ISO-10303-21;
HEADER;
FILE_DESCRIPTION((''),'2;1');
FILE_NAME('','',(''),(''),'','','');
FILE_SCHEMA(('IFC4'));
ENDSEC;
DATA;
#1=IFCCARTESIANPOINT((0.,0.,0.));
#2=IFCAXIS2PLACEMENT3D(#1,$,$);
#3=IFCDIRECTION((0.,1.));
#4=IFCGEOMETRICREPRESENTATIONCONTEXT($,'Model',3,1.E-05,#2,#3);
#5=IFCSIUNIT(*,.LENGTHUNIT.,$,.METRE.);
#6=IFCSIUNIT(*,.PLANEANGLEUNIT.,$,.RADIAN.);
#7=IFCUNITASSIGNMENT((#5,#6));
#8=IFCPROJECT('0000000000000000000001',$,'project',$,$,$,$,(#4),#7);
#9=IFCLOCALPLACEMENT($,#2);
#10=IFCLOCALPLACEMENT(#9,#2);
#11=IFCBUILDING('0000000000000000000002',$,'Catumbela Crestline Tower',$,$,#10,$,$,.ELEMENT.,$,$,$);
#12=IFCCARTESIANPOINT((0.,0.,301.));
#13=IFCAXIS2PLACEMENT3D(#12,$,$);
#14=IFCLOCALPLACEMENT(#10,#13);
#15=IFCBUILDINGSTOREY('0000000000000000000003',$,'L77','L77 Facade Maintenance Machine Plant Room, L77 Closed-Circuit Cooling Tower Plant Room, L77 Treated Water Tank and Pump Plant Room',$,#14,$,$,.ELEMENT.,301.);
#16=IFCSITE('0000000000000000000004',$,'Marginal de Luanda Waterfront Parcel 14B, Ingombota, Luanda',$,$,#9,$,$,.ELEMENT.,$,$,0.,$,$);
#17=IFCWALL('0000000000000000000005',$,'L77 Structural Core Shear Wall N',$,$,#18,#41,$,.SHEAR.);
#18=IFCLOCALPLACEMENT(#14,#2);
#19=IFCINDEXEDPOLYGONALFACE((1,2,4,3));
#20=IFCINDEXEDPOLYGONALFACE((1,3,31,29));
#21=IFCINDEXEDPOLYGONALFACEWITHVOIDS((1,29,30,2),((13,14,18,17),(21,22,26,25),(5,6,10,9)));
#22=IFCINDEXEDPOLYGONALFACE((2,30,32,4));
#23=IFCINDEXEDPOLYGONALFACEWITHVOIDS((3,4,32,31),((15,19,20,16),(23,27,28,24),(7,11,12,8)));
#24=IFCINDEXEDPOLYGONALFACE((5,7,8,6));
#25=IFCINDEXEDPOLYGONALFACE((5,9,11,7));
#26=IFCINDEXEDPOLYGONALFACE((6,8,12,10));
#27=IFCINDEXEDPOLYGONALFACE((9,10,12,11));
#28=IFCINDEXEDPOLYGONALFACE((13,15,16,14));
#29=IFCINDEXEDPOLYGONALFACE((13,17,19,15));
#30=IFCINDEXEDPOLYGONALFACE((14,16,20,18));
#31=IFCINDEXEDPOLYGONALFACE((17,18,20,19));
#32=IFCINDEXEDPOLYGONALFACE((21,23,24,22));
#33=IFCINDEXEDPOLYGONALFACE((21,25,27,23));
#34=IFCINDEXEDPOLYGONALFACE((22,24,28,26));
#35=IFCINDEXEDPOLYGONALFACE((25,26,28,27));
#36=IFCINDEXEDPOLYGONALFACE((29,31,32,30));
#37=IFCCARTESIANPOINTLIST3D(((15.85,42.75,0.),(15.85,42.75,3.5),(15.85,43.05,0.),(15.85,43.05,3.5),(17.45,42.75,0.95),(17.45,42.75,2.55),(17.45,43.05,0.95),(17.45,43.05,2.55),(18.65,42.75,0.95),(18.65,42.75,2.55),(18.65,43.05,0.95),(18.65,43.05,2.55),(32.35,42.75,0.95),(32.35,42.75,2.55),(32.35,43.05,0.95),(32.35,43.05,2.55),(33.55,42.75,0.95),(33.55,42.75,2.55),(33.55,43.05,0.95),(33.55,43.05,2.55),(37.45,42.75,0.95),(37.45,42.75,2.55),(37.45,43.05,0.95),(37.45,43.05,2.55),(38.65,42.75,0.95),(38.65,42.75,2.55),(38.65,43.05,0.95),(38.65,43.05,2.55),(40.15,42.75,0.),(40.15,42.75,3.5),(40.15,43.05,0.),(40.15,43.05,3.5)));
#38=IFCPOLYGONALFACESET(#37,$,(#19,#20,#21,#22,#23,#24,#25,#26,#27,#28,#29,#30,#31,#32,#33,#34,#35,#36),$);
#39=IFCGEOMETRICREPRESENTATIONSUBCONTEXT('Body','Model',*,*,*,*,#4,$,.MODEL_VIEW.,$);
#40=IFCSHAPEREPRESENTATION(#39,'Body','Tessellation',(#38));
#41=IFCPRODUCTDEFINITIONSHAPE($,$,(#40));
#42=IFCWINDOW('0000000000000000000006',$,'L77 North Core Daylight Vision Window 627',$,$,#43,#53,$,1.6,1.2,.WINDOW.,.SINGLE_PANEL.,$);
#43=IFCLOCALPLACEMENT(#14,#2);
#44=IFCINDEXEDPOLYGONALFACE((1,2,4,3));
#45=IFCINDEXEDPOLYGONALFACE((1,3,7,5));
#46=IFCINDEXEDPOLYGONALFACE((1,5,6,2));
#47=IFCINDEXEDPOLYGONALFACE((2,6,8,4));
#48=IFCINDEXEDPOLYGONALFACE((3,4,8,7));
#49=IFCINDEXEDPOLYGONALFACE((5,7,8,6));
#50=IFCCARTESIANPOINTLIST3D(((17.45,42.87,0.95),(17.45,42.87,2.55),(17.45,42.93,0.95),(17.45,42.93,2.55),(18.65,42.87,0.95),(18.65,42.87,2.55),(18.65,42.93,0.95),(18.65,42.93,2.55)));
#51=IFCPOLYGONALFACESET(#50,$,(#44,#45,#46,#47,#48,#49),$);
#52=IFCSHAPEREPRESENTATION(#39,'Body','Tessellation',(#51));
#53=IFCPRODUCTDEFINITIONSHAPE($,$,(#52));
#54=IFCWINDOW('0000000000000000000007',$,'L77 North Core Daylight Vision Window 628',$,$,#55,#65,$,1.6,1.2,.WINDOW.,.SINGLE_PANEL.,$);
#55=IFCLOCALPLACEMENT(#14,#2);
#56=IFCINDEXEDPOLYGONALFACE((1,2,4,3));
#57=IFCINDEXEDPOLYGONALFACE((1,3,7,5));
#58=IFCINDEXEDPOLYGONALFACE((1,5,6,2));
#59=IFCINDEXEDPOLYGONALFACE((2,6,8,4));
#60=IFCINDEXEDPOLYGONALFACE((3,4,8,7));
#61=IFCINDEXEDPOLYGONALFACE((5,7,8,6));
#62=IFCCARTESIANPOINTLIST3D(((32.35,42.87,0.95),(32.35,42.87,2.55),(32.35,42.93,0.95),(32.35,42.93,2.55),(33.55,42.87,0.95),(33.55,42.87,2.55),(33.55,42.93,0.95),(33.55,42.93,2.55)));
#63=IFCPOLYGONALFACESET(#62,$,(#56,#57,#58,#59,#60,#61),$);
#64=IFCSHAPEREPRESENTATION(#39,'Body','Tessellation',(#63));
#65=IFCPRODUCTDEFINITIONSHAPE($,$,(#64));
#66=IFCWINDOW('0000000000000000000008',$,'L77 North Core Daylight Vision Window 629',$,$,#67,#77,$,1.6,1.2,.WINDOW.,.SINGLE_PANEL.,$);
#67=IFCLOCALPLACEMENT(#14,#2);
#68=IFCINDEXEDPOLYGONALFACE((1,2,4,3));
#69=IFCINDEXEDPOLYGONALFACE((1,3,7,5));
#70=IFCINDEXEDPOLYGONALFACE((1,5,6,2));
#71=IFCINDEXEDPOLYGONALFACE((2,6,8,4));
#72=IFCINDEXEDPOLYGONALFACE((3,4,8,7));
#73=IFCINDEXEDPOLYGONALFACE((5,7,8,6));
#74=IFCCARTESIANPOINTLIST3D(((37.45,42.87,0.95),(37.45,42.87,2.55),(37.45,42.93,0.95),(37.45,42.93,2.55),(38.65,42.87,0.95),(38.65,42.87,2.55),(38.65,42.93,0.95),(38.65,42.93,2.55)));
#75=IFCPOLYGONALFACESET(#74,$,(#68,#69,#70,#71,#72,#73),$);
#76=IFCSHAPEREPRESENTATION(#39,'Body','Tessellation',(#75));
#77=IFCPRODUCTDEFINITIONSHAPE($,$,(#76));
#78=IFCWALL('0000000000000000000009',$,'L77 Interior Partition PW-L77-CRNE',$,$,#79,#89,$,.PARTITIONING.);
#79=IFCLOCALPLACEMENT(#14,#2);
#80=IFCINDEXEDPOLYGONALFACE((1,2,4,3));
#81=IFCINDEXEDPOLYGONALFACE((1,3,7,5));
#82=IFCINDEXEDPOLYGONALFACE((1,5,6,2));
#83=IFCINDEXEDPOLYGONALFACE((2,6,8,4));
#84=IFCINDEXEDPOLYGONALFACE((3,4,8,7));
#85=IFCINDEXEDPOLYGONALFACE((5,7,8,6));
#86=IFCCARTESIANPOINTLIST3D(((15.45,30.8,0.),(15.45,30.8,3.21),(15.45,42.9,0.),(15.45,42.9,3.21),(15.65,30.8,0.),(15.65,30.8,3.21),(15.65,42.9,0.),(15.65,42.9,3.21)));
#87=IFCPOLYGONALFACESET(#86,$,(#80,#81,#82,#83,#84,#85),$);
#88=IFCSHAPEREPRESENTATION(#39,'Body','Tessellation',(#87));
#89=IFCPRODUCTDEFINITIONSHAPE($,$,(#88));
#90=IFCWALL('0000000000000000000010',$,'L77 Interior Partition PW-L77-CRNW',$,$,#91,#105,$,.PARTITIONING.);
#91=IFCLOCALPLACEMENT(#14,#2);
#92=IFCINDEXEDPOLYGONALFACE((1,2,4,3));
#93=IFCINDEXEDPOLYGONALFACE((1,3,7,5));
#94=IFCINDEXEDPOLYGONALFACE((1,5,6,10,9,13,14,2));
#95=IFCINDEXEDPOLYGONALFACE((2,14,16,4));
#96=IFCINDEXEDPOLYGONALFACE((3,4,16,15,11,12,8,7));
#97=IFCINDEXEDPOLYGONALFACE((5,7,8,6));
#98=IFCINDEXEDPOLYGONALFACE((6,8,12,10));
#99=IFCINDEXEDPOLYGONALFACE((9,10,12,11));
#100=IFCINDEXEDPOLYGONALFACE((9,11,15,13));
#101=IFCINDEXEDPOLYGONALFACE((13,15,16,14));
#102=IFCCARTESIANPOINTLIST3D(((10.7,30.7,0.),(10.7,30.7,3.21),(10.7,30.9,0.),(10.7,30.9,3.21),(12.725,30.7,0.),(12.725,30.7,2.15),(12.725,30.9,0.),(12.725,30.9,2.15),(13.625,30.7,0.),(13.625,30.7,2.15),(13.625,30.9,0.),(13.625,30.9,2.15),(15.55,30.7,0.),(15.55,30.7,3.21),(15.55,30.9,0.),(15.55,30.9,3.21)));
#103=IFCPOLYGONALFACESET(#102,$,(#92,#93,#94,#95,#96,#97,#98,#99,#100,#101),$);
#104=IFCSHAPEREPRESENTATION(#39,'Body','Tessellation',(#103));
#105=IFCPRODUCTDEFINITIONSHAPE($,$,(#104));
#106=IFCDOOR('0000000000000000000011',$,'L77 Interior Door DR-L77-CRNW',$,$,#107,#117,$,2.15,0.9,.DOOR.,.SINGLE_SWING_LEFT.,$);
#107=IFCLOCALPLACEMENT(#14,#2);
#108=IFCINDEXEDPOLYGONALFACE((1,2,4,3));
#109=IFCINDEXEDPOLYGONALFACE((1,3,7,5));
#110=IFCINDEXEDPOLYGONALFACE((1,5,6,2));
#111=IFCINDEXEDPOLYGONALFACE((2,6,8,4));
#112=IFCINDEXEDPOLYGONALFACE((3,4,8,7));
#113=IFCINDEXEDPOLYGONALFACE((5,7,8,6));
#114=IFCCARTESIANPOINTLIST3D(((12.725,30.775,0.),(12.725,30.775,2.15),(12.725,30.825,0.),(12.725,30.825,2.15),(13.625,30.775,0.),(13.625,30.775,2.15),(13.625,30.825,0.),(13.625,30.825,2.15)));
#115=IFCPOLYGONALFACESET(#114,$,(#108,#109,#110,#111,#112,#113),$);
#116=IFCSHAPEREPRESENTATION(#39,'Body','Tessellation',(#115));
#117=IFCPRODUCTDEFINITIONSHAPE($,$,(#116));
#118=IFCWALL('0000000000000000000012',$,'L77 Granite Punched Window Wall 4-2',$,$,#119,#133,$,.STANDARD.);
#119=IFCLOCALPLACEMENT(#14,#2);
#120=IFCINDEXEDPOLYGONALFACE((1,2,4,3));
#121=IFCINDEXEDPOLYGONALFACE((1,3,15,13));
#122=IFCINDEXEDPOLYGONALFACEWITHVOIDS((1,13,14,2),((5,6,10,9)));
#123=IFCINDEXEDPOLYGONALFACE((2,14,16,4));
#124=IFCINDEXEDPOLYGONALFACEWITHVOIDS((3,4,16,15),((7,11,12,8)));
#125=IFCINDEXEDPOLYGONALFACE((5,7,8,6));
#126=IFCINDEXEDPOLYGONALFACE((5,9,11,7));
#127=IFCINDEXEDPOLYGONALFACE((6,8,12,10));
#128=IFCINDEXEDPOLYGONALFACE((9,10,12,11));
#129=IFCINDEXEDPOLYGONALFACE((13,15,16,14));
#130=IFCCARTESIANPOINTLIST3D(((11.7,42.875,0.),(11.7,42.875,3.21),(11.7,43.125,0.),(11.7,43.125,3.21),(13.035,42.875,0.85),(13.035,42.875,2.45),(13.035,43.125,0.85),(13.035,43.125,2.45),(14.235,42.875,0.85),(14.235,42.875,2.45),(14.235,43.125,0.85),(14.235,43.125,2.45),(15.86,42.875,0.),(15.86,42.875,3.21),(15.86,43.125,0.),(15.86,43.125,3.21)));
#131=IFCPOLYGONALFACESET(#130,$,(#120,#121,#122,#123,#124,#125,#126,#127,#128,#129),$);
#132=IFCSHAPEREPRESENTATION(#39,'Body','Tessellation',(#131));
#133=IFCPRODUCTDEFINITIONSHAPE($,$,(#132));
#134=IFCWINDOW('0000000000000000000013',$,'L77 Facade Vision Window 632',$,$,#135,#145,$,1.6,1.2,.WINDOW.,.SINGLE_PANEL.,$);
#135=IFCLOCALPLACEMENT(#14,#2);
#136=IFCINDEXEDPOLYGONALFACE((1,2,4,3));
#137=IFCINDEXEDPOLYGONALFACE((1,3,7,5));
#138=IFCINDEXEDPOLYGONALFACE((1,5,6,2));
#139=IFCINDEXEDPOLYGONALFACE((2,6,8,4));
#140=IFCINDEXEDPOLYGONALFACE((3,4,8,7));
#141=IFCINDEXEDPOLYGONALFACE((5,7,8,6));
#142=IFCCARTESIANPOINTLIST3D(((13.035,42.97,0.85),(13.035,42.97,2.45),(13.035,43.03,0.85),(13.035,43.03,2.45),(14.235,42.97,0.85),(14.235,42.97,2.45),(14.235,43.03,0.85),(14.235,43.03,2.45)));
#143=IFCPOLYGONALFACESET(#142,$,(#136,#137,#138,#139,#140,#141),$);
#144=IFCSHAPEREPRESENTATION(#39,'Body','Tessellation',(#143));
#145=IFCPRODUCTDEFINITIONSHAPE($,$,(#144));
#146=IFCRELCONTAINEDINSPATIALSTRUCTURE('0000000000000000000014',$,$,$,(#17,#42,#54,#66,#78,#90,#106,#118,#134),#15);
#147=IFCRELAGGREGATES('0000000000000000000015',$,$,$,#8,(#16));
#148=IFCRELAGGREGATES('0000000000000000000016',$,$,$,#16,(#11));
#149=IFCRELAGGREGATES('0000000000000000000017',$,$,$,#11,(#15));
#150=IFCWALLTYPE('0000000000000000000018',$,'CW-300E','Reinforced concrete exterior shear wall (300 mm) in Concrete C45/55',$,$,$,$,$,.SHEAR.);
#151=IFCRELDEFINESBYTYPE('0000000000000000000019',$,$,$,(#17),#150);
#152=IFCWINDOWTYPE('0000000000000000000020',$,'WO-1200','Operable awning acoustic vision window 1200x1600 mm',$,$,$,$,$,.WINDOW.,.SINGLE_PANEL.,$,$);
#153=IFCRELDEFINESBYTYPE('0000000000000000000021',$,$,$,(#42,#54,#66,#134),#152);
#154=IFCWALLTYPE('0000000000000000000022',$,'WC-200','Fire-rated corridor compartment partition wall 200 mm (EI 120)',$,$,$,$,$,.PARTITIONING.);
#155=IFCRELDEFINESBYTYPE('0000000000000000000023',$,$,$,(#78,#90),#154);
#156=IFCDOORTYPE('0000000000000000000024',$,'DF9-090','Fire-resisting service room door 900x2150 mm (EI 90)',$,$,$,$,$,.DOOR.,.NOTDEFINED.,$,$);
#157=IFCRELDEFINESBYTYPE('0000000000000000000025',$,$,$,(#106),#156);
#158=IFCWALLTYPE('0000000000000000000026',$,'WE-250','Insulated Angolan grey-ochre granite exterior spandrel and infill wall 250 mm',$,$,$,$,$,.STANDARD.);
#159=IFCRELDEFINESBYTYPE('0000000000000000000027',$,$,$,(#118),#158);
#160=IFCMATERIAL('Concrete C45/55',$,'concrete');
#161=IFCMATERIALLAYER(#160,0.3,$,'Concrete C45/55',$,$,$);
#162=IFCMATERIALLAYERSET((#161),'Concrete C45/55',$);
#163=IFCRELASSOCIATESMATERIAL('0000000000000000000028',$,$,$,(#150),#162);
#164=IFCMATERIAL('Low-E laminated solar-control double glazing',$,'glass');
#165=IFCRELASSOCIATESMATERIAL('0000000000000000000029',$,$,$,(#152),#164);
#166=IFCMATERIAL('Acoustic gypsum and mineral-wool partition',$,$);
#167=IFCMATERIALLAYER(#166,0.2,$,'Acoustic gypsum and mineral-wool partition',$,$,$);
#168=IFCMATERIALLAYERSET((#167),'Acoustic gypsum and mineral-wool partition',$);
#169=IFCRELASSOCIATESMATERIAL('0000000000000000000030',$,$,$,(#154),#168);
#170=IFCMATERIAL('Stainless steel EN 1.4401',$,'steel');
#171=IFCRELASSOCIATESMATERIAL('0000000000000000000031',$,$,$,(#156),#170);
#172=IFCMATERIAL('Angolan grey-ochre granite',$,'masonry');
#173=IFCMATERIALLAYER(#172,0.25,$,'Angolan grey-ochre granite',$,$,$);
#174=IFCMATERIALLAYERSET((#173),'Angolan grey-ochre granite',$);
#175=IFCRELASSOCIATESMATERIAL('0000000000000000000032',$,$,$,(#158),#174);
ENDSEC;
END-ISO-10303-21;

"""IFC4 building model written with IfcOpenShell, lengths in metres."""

from ifc_helpers import new_model, si_unit, direction, frame, frame_2d, origin, place, context, subcontext, project, spatial, rectangle, extrude, material, layer, layer_set, type_object, element, fill, save


model = new_model("IFC4")

# Units and contexts
model_context = context("Model", 3, precision=1e-05, world=origin(), true_north=direction((0.0, 1.0)))
body_context = subcontext(model_context, "Body", "Model", "MODEL_VIEW")
ifc_project = project(units=[si_unit("LENGTHUNIT", "METRE"), si_unit("PLANEANGLEUNIT", "RADIAN")], contexts=[model_context])

# Site, building, storey
site_placement = place(None, origin())
site = spatial("IfcSite", under=ifc_project, at=site_placement, Name="Marginal de Luanda Waterfront Parcel 14B, Ingombota, Luanda", CompositionType="ELEMENT", RefElevation=0.0)
building_placement = place(site_placement, origin())
building = spatial("IfcBuilding", under=site, at=building_placement, Name="Catumbela Crestline Tower", CompositionType="ELEMENT")
storey_placement = place(building_placement, frame((0.0, 0.0, 301.0)))
storey = spatial("IfcBuildingStorey", under=building, at=storey_placement, Name="L77", Description="L77 Facade Maintenance Machine Plant Room, L77 Closed-Circuit Cooling Tower Plant Room, L77 Treated Water Tank and Pump Plant Room", CompositionType="ELEMENT", Elevation=301.0)

# Shared definitions
ifc_material_1 = material(Name="Stainless steel EN 1.4401", Category="steel")

# Wall, openings, windows
ifc_material_2 = material(Name="Concrete C45/55", Category="concrete")
ifc_layer_1 = layer(ifc_material_2, 0.3, Name="Concrete C45/55")
ifc_layer_set_1 = layer_set([ifc_layer_1], Name="Concrete C45/55")
wall_type_1 = type_object("IfcWallType", Name="CW-300E", Description="Reinforced concrete exterior shear wall (300 mm) in Concrete C45/55", PredefinedType="SHEAR", material=ifc_layer_set_1)
wall_1_placement = place(storey_placement, frame((15.85, 42.9, 0.0), z_axis=(0.0, 0.0, 1.0), x_axis=(1.0, 0.0, 0.0)))
wall_1 = element("IfcWall", 1, at=wall_1_placement, inside=storey, type_object=wall_type_1, Name="L77 Structural Core Shear Wall N", PredefinedType="SHEAR", context=body_context, shape_type="SweptSolid", body=[
    extrude(rectangle(XDim=24.3, YDim=0.3, at=frame_2d((12.15, 0.0))), origin(), (0.0, 0.0, 1.0), 3.5),
])
opening_1_placement = place(wall_1_placement, frame((1.6, 0.0, 0.95)))
opening_1 = element("IfcOpeningElement", 2, at=opening_1_placement, cuts=wall_1, PredefinedType="OPENING", context=body_context, shape_type="SweptSolid", body=[
    extrude(rectangle(XDim=1.2, YDim=1.6, at=frame_2d((0.6, 0.8))), frame((0.0, 0.16, 0.0), z_axis=(0.0, -1.0, 0.0), x_axis=(1.0, 0.0, 0.0)), (0.0, 0.0, 1.0), 0.32),
])
opening_2_placement = place(wall_1_placement, frame((16.5, 0.0, 0.95)))
opening_2 = element("IfcOpeningElement", 3, at=opening_2_placement, cuts=wall_1, PredefinedType="OPENING", context=body_context, shape_type="SweptSolid", body=[
    extrude(rectangle(XDim=1.2, YDim=1.6, at=frame_2d((0.6, 0.8))), frame((0.0, 0.16, 0.0), z_axis=(0.0, -1.0, 0.0), x_axis=(1.0, 0.0, 0.0)), (0.0, 0.0, 1.0), 0.32),
])
opening_3_placement = place(wall_1_placement, frame((21.6, 0.0, 0.95)))
opening_3 = element("IfcOpeningElement", 4, at=opening_3_placement, cuts=wall_1, PredefinedType="OPENING", context=body_context, shape_type="SweptSolid", body=[
    extrude(rectangle(XDim=1.2, YDim=1.6, at=frame_2d((0.6, 0.8))), frame((0.0, 0.16, 0.0), z_axis=(0.0, -1.0, 0.0), x_axis=(1.0, 0.0, 0.0)), (0.0, 0.0, 1.0), 0.32),
])
ifc_material_3 = material(Name="Low-E laminated solar-control double glazing", Category="glass")
window_type_1 = type_object("IfcWindowType", Name="WO-1200", Description="Operable awning acoustic vision window 1200x1600 mm", PartitioningType="SINGLE_PANEL", PredefinedType="WINDOW", material=ifc_material_3)
window_1_placement = place(opening_1_placement, origin())
window_1 = element("IfcWindow", 5, at=window_1_placement, inside=storey, type_object=window_type_1, Name="L77 North Core Daylight Vision Window 627", OverallHeight=1.6, OverallWidth=1.2, PartitioningType="SINGLE_PANEL", PredefinedType="WINDOW", context=body_context, shape_type="SweptSolid", body=[
    extrude(rectangle(XDim=1.2, YDim=1.6, at=frame_2d((0.6, 0.8))), frame((0.0, 0.03, 0.0), z_axis=(0.0, -1.0, 0.0), x_axis=(1.0, 0.0, 0.0)), (0.0, 0.0, 1.0), 0.06),
])
fill(opening_1, window_1)
window_2_placement = place(opening_2_placement, origin())
window_2 = element("IfcWindow", 6, at=window_2_placement, inside=storey, type_object=window_type_1, Name="L77 North Core Daylight Vision Window 628", OverallHeight=1.6, OverallWidth=1.2, PartitioningType="SINGLE_PANEL", PredefinedType="WINDOW", context=body_context, shape_type="SweptSolid", body=[
    extrude(rectangle(XDim=1.2, YDim=1.6, at=frame_2d((0.6, 0.8))), frame((0.0, 0.03, 0.0), z_axis=(0.0, -1.0, 0.0), x_axis=(1.0, 0.0, 0.0)), (0.0, 0.0, 1.0), 0.06),
])
fill(opening_2, window_2)
window_3_placement = place(opening_3_placement, origin())
window_3 = element("IfcWindow", 7, at=window_3_placement, inside=storey, type_object=window_type_1, Name="L77 North Core Daylight Vision Window 629", OverallHeight=1.6, OverallWidth=1.2, PartitioningType="SINGLE_PANEL", PredefinedType="WINDOW", context=body_context, shape_type="SweptSolid", body=[
    extrude(rectangle(XDim=1.2, YDim=1.6, at=frame_2d((0.6, 0.8))), frame((0.0, 0.03, 0.0), z_axis=(0.0, -1.0, 0.0), x_axis=(1.0, 0.0, 0.0)), (0.0, 0.0, 1.0), 0.06),
])
fill(opening_3, window_3)

# Wall
ifc_material_4 = material(Name="Acoustic gypsum and mineral-wool partition")
ifc_layer_2 = layer(ifc_material_4, 0.2, Name="Acoustic gypsum and mineral-wool partition")
ifc_layer_set_2 = layer_set([ifc_layer_2], Name="Acoustic gypsum and mineral-wool partition")
wall_type_2 = type_object("IfcWallType", Name="WC-200", Description="Fire-rated corridor compartment partition wall 200 mm (EI 120)", PredefinedType="PARTITIONING", material=ifc_layer_set_2)
wall_2_placement = place(storey_placement, frame((15.55, 30.8, 0.0), z_axis=(0.0, 0.0, 1.0), x_axis=(0.0, 1.0, 0.0)))
element("IfcWall", 8, at=wall_2_placement, inside=storey, type_object=wall_type_2, Name="L77 Interior Partition PW-L77-CRNE", PredefinedType="PARTITIONING", context=body_context, shape_type="SweptSolid", body=[
    extrude(rectangle(XDim=12.1, YDim=0.2, at=frame_2d((6.05, 0.0))), origin(), (0.0, 0.0, 1.0), 3.21),
])

# Wall, opening, door
wall_3_placement = place(storey_placement, frame((10.7, 30.8, 0.0), z_axis=(0.0, 0.0, 1.0), x_axis=(1.0, 0.0, 0.0)))
wall_3 = element("IfcWall", 9, at=wall_3_placement, inside=storey, type_object=wall_type_2, Name="L77 Interior Partition PW-L77-CRNW", PredefinedType="PARTITIONING", context=body_context, shape_type="SweptSolid", body=[
    extrude(rectangle(XDim=4.85, YDim=0.2, at=frame_2d((2.425, 0.0))), origin(), (0.0, 0.0, 1.0), 3.21),
])
opening_4_placement = place(wall_3_placement, frame((2.025, 0.0, 0.0)))
opening_4 = element("IfcOpeningElement", 10, at=opening_4_placement, cuts=wall_3, PredefinedType="OPENING", context=body_context, shape_type="SweptSolid", body=[
    extrude(rectangle(XDim=0.9, YDim=2.15, at=frame_2d((0.45, 1.075))), frame((0.0, 0.11, 0.0), z_axis=(0.0, -1.0, 0.0), x_axis=(1.0, 0.0, 0.0)), (0.0, 0.0, 1.0), 0.22),
])
door_type_1 = type_object("IfcDoorType", Name="DF9-090", Description="Fire-resisting service room door 900x2150 mm (EI 90)", OperationType="NOTDEFINED", PredefinedType="DOOR", material=ifc_material_1)
door_1_placement = place(opening_4_placement, origin())
door_1 = element("IfcDoor", 11, at=door_1_placement, inside=storey, type_object=door_type_1, Name="L77 Interior Door DR-L77-CRNW", OperationType="SINGLE_SWING_LEFT", OverallHeight=2.15, OverallWidth=0.9, PredefinedType="DOOR", context=body_context, shape_type="SweptSolid", body=[
    extrude(rectangle(XDim=0.9, YDim=2.15, at=frame_2d((0.45, 1.075))), frame((0.0, 0.025, 0.0), z_axis=(0.0, -1.0, 0.0), x_axis=(1.0, 0.0, 0.0)), (0.0, 0.0, 1.0), 0.05),
])
fill(opening_4, door_1)

# Wall, opening, window
ifc_material_5 = material(Name="Angolan grey-ochre granite", Category="masonry")
ifc_layer_3 = layer(ifc_material_5, 0.25, Name="Angolan grey-ochre granite")
ifc_layer_set_3 = layer_set([ifc_layer_3], Name="Angolan grey-ochre granite")
wall_type_3 = type_object("IfcWallType", Name="WE-250", Description="Insulated Angolan grey-ochre granite exterior spandrel and infill wall 250 mm", PredefinedType="STANDARD", material=ifc_layer_set_3)
wall_4_placement = place(storey_placement, frame((15.86, 43.0, 0.0), z_axis=(0.0, 0.0, 1.0), x_axis=(-1.0, 0.0, 0.0)))
wall_4 = element("IfcWall", 12, at=wall_4_placement, inside=storey, type_object=wall_type_3, Name="L77 Granite Punched Window Wall 4-2", PredefinedType="STANDARD", context=body_context, shape_type="SweptSolid", body=[
    extrude(rectangle(XDim=4.16, YDim=0.25, at=frame_2d((2.08, 0.0))), origin(), (0.0, 0.0, 1.0), 3.21),
])
opening_5_placement = place(wall_4_placement, frame((1.625, 0.0, 0.85)))
opening_5 = element("IfcOpeningElement", 13, at=opening_5_placement, cuts=wall_4, PredefinedType="OPENING", context=body_context, shape_type="SweptSolid", body=[
    extrude(rectangle(XDim=1.2, YDim=1.6, at=frame_2d((0.6, 0.8))), frame((0.0, 0.135, 0.0), z_axis=(0.0, -1.0, 0.0), x_axis=(1.0, 0.0, 0.0)), (0.0, 0.0, 1.0), 0.27),
])
window_4_placement = place(opening_5_placement, origin())
window_4 = element("IfcWindow", 14, at=window_4_placement, inside=storey, type_object=window_type_1, Name="L77 Facade Vision Window 632", OverallHeight=1.6, OverallWidth=1.2, PartitioningType="SINGLE_PANEL", PredefinedType="WINDOW", context=body_context, shape_type="SweptSolid", body=[
    extrude(rectangle(XDim=1.2, YDim=1.6, at=frame_2d((0.6, 0.8))), frame((0.0, 0.03, 0.0), z_axis=(0.0, -1.0, 0.0), x_axis=(1.0, 0.0, 0.0)), (0.0, 0.0, 1.0), 0.06),
])
fill(opening_5, window_4)

save(model, "model.ifc")
